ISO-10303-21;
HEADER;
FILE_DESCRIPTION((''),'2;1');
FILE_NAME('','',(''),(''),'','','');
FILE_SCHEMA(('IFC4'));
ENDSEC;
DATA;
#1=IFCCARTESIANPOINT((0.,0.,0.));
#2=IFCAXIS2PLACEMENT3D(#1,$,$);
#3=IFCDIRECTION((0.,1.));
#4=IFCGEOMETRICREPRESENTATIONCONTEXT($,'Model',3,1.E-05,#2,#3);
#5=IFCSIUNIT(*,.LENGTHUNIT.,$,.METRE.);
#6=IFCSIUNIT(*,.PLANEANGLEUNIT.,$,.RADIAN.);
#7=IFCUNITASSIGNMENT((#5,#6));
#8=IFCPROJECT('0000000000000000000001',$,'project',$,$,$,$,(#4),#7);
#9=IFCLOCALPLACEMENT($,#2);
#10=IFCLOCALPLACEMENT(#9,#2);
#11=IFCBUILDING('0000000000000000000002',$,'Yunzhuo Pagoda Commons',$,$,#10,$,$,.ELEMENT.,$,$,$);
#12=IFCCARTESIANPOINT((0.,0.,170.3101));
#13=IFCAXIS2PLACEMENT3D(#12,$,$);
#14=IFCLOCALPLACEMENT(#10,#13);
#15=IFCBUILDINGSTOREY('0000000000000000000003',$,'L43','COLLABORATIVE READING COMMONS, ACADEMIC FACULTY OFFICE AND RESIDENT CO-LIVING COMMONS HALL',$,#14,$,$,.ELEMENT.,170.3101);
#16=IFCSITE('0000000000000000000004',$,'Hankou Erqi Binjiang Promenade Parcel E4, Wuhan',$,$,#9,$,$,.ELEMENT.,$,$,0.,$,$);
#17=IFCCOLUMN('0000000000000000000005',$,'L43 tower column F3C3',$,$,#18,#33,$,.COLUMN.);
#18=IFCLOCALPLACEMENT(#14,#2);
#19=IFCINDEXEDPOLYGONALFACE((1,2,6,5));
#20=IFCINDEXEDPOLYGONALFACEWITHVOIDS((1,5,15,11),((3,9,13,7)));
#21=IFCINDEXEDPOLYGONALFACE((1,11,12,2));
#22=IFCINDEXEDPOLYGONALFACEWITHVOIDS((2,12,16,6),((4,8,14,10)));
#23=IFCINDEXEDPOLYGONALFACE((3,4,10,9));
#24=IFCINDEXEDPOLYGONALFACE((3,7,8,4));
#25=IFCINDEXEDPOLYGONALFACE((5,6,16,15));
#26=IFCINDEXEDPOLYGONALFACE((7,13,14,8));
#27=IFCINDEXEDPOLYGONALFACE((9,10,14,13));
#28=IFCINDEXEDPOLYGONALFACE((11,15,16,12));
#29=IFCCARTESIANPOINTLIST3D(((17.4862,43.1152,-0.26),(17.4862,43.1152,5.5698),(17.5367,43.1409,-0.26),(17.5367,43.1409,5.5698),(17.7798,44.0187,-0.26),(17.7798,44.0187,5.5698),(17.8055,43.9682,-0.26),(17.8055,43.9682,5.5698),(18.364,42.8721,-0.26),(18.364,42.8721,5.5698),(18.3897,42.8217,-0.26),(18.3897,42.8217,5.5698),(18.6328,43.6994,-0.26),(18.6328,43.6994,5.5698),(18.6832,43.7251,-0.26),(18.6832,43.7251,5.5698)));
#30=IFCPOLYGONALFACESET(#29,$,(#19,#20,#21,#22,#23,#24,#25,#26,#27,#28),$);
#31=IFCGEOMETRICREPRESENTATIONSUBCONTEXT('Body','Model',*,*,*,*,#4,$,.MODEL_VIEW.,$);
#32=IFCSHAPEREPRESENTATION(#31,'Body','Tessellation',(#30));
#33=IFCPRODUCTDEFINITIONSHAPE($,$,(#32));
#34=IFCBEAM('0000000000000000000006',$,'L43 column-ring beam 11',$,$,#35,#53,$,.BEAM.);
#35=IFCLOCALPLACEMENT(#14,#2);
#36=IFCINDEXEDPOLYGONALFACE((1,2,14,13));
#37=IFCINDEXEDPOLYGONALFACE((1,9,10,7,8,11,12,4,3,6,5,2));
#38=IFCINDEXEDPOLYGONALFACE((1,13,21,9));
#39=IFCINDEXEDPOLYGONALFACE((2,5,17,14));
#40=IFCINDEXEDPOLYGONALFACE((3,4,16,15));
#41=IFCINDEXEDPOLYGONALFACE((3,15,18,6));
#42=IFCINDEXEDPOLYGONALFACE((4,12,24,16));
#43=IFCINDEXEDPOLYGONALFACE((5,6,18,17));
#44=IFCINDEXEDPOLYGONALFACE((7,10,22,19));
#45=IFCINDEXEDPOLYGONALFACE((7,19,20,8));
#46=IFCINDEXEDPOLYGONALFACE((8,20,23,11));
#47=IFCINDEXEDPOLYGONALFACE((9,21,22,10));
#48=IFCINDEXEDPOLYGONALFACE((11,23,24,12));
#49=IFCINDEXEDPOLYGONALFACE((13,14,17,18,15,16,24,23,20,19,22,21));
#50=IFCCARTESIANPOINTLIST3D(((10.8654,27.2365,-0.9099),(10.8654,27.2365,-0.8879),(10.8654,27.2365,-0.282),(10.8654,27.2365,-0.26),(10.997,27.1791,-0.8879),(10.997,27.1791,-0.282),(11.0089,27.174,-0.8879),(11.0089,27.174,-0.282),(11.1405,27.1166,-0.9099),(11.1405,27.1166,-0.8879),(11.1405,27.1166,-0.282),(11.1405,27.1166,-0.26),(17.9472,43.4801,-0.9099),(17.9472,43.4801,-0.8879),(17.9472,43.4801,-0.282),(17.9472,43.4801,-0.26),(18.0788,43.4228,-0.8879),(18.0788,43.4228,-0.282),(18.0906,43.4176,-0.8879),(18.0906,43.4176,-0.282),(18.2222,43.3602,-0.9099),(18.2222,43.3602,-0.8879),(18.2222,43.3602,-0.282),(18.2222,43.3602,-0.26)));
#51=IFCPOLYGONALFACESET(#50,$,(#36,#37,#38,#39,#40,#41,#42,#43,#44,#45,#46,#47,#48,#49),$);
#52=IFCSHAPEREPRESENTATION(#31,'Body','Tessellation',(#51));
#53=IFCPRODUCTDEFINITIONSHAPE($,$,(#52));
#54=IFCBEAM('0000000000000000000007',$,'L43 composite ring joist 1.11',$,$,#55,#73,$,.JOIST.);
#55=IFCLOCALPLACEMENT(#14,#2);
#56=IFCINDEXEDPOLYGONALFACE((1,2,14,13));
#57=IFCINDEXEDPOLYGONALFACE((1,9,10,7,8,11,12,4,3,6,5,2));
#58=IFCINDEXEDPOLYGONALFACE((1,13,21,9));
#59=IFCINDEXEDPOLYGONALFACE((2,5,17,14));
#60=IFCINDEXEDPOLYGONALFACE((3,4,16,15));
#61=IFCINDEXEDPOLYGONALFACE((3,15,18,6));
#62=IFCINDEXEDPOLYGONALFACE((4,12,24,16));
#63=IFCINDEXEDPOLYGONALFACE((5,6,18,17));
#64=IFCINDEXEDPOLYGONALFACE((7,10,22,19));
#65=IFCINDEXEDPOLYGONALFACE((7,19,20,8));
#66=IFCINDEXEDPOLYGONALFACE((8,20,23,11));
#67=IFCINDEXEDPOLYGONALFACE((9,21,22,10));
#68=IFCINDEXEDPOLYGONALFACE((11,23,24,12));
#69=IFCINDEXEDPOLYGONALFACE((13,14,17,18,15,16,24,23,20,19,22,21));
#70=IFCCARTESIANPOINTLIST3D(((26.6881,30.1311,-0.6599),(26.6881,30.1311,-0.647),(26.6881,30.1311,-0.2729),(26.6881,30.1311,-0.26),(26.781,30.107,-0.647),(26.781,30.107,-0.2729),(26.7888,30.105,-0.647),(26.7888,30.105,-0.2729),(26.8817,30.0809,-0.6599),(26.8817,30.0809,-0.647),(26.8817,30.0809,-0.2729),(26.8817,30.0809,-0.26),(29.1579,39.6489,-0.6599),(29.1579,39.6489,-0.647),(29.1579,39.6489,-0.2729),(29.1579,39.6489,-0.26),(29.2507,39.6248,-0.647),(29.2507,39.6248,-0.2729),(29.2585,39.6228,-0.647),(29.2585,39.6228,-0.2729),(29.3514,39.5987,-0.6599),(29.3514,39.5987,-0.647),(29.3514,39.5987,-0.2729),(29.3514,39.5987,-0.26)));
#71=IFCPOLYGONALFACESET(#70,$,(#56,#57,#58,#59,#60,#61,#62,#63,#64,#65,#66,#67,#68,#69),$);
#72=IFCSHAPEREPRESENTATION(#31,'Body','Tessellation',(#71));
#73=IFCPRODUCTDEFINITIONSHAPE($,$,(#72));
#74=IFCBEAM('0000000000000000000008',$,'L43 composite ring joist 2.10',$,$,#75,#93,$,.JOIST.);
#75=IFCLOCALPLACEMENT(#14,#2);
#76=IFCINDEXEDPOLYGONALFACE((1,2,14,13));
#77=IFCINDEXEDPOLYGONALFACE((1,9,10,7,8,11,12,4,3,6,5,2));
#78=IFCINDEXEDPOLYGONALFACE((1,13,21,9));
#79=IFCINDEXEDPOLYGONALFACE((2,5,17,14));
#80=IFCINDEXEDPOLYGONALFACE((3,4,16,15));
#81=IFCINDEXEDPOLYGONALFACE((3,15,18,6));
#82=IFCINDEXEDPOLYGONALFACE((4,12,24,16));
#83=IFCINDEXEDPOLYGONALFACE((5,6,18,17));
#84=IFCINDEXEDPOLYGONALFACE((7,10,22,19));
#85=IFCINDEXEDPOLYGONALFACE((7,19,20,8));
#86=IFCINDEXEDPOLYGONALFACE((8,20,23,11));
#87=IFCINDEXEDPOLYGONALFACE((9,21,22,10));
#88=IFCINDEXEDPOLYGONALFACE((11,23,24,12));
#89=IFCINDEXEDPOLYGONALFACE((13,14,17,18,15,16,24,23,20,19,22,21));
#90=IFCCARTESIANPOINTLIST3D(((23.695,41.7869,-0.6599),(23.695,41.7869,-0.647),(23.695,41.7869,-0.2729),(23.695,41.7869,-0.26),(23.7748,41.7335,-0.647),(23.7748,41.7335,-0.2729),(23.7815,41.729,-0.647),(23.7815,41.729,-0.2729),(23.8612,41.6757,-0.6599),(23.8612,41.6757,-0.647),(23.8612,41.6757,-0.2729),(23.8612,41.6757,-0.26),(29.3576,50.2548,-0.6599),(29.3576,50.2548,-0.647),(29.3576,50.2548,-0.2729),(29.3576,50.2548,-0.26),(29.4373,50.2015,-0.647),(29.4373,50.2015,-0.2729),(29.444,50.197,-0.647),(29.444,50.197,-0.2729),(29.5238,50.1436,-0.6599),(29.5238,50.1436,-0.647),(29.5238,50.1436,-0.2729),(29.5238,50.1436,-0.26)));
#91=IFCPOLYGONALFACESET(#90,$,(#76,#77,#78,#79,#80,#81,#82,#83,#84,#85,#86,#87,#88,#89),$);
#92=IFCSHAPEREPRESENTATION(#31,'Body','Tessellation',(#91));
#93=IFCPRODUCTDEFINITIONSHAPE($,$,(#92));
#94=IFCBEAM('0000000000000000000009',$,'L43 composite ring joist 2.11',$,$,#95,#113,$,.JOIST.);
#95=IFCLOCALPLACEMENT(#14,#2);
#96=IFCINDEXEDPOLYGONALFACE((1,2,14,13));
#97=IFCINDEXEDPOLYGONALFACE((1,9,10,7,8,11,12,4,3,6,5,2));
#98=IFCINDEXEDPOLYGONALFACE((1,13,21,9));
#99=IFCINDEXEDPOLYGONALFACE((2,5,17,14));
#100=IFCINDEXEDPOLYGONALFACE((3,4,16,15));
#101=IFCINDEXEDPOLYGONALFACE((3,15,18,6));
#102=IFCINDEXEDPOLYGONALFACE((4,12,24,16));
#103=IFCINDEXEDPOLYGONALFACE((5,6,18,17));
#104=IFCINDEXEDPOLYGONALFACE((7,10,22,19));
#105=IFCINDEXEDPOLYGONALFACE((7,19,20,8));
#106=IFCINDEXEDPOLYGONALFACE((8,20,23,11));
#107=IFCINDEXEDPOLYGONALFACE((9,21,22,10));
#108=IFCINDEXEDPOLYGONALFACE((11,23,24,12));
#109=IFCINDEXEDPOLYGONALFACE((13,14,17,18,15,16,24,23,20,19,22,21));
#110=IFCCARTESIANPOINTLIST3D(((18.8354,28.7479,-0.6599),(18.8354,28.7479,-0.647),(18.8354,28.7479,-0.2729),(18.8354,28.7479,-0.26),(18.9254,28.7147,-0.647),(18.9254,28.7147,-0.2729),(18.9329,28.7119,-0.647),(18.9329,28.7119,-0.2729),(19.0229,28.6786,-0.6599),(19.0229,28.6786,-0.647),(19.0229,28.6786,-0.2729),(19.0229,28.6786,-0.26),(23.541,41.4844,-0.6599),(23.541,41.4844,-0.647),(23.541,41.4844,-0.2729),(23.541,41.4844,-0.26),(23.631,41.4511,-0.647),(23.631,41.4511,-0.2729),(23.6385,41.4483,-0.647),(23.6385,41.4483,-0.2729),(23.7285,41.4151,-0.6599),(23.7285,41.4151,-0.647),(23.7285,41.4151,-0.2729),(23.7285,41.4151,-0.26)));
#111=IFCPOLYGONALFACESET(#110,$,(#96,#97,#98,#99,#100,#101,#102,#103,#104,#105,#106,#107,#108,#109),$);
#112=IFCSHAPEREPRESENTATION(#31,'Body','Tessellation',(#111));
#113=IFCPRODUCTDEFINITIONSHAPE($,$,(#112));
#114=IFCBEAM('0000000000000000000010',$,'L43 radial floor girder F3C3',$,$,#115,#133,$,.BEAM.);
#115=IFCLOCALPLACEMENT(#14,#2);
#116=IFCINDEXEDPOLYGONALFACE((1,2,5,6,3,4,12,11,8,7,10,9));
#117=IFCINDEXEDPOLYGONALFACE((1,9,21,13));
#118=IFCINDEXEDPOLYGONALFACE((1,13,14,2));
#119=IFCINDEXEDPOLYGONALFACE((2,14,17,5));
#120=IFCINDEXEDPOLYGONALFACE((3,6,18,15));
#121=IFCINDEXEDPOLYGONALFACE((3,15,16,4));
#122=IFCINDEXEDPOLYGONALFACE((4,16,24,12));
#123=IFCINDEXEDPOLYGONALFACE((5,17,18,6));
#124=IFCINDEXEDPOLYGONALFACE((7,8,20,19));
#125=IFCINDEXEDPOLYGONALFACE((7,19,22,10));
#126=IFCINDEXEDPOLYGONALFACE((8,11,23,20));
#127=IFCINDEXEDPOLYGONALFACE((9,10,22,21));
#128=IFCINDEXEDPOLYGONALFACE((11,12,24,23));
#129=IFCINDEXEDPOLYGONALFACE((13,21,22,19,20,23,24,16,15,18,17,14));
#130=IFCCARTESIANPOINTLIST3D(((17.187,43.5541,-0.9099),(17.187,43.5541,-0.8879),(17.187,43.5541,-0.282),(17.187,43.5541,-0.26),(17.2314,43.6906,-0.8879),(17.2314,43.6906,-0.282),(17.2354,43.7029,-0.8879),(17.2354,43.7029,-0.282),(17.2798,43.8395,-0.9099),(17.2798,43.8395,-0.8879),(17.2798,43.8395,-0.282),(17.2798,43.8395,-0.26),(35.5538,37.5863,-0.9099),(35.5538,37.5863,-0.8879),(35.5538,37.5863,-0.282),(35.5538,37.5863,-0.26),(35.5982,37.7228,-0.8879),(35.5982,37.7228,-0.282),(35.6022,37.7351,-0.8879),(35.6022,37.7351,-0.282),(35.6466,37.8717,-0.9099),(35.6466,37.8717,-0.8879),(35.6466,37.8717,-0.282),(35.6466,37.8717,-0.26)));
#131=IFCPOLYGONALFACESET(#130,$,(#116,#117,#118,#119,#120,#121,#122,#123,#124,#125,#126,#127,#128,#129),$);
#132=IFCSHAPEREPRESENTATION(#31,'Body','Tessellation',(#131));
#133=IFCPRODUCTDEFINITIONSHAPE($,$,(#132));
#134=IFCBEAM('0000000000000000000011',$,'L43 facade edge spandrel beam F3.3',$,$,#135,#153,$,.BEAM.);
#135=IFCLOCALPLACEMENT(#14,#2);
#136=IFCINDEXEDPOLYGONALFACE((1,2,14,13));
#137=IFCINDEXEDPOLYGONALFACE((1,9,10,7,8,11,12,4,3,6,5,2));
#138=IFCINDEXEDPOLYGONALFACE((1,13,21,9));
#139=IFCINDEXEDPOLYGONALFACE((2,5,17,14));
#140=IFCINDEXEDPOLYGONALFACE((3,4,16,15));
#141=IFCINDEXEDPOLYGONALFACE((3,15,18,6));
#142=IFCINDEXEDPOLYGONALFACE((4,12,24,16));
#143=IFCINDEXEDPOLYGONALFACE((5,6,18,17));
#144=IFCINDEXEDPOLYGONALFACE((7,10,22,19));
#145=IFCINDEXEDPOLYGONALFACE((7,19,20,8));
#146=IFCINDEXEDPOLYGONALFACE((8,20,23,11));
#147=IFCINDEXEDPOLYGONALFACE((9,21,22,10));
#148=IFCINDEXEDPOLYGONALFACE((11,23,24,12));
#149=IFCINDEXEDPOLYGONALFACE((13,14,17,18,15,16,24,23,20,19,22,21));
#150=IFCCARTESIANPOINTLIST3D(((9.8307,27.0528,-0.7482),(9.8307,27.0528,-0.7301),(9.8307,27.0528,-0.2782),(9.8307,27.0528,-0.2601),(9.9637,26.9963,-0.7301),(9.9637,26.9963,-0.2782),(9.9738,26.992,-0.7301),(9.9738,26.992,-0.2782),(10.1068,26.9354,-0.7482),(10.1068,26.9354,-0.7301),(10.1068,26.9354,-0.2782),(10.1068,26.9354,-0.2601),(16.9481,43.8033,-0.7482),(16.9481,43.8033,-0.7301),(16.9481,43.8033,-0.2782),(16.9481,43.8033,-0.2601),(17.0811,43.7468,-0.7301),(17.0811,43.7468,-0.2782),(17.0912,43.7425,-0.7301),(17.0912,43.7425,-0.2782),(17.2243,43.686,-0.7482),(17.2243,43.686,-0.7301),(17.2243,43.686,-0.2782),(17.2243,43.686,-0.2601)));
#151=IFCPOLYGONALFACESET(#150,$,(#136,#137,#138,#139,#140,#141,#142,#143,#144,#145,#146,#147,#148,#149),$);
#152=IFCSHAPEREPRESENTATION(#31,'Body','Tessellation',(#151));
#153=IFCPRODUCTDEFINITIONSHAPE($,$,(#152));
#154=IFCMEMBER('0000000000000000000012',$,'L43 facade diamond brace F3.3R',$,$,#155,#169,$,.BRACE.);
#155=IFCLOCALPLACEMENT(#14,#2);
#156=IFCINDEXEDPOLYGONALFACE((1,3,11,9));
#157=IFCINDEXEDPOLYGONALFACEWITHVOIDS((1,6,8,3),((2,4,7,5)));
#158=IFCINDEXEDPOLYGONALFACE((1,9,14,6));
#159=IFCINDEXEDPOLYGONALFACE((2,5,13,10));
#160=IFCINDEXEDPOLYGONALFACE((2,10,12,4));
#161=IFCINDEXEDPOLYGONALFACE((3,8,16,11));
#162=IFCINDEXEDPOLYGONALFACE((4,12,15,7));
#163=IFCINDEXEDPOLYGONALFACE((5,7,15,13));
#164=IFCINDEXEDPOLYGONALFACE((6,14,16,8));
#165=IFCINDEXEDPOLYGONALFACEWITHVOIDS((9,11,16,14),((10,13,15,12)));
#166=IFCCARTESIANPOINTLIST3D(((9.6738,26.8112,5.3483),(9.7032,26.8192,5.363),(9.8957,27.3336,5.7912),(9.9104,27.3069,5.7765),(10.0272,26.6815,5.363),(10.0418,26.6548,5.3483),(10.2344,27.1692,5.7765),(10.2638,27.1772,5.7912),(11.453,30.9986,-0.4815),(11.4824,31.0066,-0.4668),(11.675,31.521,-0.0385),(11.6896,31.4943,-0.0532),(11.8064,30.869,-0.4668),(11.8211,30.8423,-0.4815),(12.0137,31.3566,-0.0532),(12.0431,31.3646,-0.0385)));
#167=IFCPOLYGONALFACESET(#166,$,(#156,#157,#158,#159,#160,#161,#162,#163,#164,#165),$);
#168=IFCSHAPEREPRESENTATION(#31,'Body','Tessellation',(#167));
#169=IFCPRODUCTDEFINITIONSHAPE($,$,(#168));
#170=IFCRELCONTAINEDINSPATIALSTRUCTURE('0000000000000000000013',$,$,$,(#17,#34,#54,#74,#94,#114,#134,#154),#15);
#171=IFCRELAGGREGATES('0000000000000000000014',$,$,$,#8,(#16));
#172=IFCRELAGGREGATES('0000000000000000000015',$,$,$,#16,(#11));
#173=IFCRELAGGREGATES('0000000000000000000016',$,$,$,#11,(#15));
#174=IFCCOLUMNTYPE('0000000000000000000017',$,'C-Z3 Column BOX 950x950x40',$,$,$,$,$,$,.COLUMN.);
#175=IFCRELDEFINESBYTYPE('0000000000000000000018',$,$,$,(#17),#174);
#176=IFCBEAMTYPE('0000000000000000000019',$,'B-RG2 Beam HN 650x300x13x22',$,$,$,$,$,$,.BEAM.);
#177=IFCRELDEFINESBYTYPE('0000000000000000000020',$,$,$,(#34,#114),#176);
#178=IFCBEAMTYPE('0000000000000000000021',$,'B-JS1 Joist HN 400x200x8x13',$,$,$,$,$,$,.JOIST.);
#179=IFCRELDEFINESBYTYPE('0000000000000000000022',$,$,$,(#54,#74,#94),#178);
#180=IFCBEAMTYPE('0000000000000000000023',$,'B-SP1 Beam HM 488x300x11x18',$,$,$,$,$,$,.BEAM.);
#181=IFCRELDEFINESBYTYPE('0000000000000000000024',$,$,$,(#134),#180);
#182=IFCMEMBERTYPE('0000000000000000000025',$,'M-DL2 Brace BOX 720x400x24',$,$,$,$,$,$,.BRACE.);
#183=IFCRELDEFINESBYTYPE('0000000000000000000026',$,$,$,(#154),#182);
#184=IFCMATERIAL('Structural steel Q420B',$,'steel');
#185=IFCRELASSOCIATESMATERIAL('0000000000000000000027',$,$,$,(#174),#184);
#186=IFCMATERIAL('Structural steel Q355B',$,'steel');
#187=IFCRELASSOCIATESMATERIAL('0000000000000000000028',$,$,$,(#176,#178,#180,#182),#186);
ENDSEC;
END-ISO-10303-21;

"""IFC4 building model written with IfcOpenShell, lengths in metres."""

from ifc_helpers import new_model, si_unit, direction, frame, origin, origin_2d, place, context, subcontext, project, spatial, hollow_rectangle, i_section, extrude, source, transform, mapped, material, material_profile, profile_set, type_object, element, save


model = new_model("IFC4")

# Units and contexts
model_context = context("Model", 3, precision=1e-05, world=origin(), true_north=direction((0.0, 1.0)))
body_context = subcontext(model_context, "Body", "Model", "MODEL_VIEW")
ifc_project = project(units=[si_unit("LENGTHUNIT", "METRE"), si_unit("PLANEANGLEUNIT", "RADIAN")], contexts=[model_context])

# Site, building, storey
site_placement = place(None, origin())
site = spatial("IfcSite", under=ifc_project, at=site_placement, Name="Hankou Erqi Binjiang Promenade Parcel E4, Wuhan", CompositionType="ELEMENT", RefElevation=0.0)
building_placement = place(site_placement, origin())
building = spatial("IfcBuilding", under=site, at=building_placement, Name="Yunzhuo Pagoda Commons", CompositionType="ELEMENT")
storey_placement = place(building_placement, frame((0.0, 0.0, 170.3101)))
storey = spatial("IfcBuildingStorey", under=building, at=storey_placement, Name="L43", Description="COLLABORATIVE READING COMMONS, ACADEMIC FACULTY OFFICE AND RESIDENT CO-LIVING COMMONS HALL", CompositionType="ELEMENT", Elevation=170.3101)

# Column
ifc_material_1 = material(Name="Structural steel Q420B", Category="steel")
ifc_material_profile_1 = material_profile(ifc_material_1, hollow_rectangle(XDim=0.95, YDim=0.95, WallThickness=0.04, at=origin_2d()), Name="Structural steel Q420B")
ifc_profile_set_1 = profile_set([ifc_material_profile_1], Name="Structural steel Q420B")
column_type = type_object("IfcColumnType", Name="C-Z3 Column BOX 950x950x40", PredefinedType="COLUMN", material=ifc_profile_set_1)
shared_shape_1 = source(origin(), body_context, "Body", "SweptSolid", [
    extrude(hollow_rectangle(XDim=0.95, YDim=0.95, WallThickness=0.04, at=origin_2d()), origin(), (0.0, 0.0, 1.0), 5.8298),
])
column_placement = place(storey_placement, frame((18.0847, 43.4202, -0.26), z_axis=(0.0, 0.0, 1.0), x_axis=(-0.309017, -0.951057, 0.0)))
element("IfcColumn", 1, at=column_placement, inside=storey, type_object=column_type, Name="L43 tower column F3C3", PredefinedType="COLUMN", context=body_context, shape_type="MappedRepresentation", body=[
    mapped(shared_shape_1, transform((0.0, 0.0, 0.0), scale=1.0)),
])

# Beams
ifc_material_2 = material(Name="Structural steel Q355B", Category="steel")
ifc_material_profile_2 = material_profile(ifc_material_2, i_section(OverallWidth=0.3, OverallDepth=0.6499, WebThickness=0.0129, FlangeThickness=0.022, at=origin_2d()), Name="Structural steel Q355B")
ifc_profile_set_2 = profile_set([ifc_material_profile_2], Name="Structural steel Q355B")
beam_type_1 = type_object("IfcBeamType", Name="B-RG2 Beam HN 650x300x13x22", PredefinedType="BEAM", material=ifc_profile_set_2)
shared_shape_2 = source(origin(), body_context, "Body", "SweptSolid", [
    extrude(i_section(OverallWidth=0.3, OverallDepth=0.6499, WebThickness=0.0129, FlangeThickness=0.022, at=origin_2d()), origin(), (0.0, 0.0, 1.0), 17.7202),
])
beam_1_placement = place(storey_placement, frame((18.0847, 43.4202, -0.585), z_axis=(-0.399643, -0.916671, 0.0), x_axis=(0.916671, -0.399643, 0.0)))
element("IfcBeam", 2, at=beam_1_placement, inside=storey, type_object=beam_type_1, Name="L43 column-ring beam 11", PredefinedType="BEAM", context=body_context, shape_type="MappedRepresentation", body=[
    mapped(shared_shape_2, transform((0.0, 0.0, 0.0), scale=1.0)),
])
ifc_material_profile_3 = material_profile(ifc_material_2, i_section(OverallWidth=0.2, OverallDepth=0.3999, WebThickness=0.0081, FlangeThickness=0.0129, at=origin_2d()), Name="Structural steel Q355B")
ifc_profile_set_3 = profile_set([ifc_material_profile_3], Name="Structural steel Q355B")
beam_type_2 = type_object("IfcBeamType", Name="B-JS1 Joist HN 400x200x8x13", PredefinedType="JOIST", material=ifc_profile_set_3)
shared_shape_3 = source(origin(), body_context, "Body", "SweptSolid", [
    extrude(i_section(OverallWidth=0.2, OverallDepth=0.3999, WebThickness=0.0081, FlangeThickness=0.0129, at=origin_2d()), origin(), (0.0, 0.0, 1.0), 9.833),
])
beam_2_placement = place(storey_placement, frame((29.2546, 39.6238, -0.46), z_axis=(-0.251166, -0.967944, 0.0), x_axis=(0.967944, -0.251166, 0.0)))
element("IfcBeam", 3, at=beam_2_placement, inside=storey, type_object=beam_type_2, Name="L43 composite ring joist 1.11", PredefinedType="JOIST", context=body_context, shape_type="MappedRepresentation", body=[
    mapped(shared_shape_3, transform((0.0, 0.0, 0.0), scale=1.0)),
])
shared_shape_4 = source(origin(), body_context, "Body", "SweptSolid", [
    extrude(i_section(OverallWidth=0.2, OverallDepth=0.3999, WebThickness=0.0081, FlangeThickness=0.0129, at=origin_2d()), origin(), (0.0, 0.0, 1.0), 10.1868),
])
beam_3_placement = place(storey_placement, frame((29.4407, 50.1992, -0.46), z_axis=(-0.555872, -0.831268, 0.0), x_axis=(0.831268, -0.555872, 0.0)))
element("IfcBeam", 4, at=beam_3_placement, inside=storey, type_object=beam_type_2, Name="L43 composite ring joist 2.10", PredefinedType="JOIST", context=body_context, shape_type="MappedRepresentation", body=[
    mapped(shared_shape_4, transform((0.0, 0.0, 0.0), scale=1.0)),
])
shared_shape_5 = source(origin(), body_context, "Body", "SweptSolid", [
    extrude(i_section(OverallWidth=0.2, OverallDepth=0.3999, WebThickness=0.0081, FlangeThickness=0.0129, at=origin_2d()), origin(), (0.0, 0.0, 1.0), 13.5779),
])
beam_4_placement = place(storey_placement, frame((23.6348, 41.4497, -0.46), z_axis=(-0.346563, -0.938027, 0.0), x_axis=(0.938027, -0.346563, 0.0)))
element("IfcBeam", 5, at=beam_4_placement, inside=storey, type_object=beam_type_2, Name="L43 composite ring joist 2.11", PredefinedType="JOIST", context=body_context, shape_type="MappedRepresentation", body=[
    mapped(shared_shape_5, transform((0.0, 0.0, 0.0), scale=1.0)),
])
shared_shape_6 = source(origin(), body_context, "Body", "SweptSolid", [
    extrude(i_section(OverallWidth=0.3, OverallDepth=0.6499, WebThickness=0.0129, FlangeThickness=0.022, at=origin_2d()), origin(), (0.0, 0.0, 1.0), 19.312),
])
beam_5_placement = place(storey_placement, frame((17.2334, 43.6968, -0.585), z_axis=(0.951055, -0.30902, 0.0), x_axis=(0.30902, 0.951055, 0.0)))
element("IfcBeam", 6, at=beam_5_placement, inside=storey, type_object=beam_type_1, Name="L43 radial floor girder F3C3", PredefinedType="BEAM", context=body_context, shape_type="MappedRepresentation", body=[
    mapped(shared_shape_6, transform((0.0, 0.0, 0.0), scale=1.0)),
])
ifc_material_profile_4 = material_profile(ifc_material_2, i_section(OverallWidth=0.3, OverallDepth=0.488, WebThickness=0.011, FlangeThickness=0.0181, at=origin_2d()), Name="Structural steel Q355B")
ifc_profile_set_4 = profile_set([ifc_material_profile_4], Name="Structural steel Q355B")
beam_type_3 = type_object("IfcBeamType", Name="B-SP1 Beam HM 488x300x11x18", PredefinedType="BEAM", material=ifc_profile_set_4)
shared_shape_7 = source(origin(), body_context, "Body", "SweptSolid", [
    extrude(i_section(OverallWidth=0.3, OverallDepth=0.488, WebThickness=0.011, FlangeThickness=0.0181, at=origin_2d()), origin(), (0.0, 0.0, 1.0), 18.2),
])
beam_6_placement = place(storey_placement, frame((17.0862, 43.7446, -0.5042), z_axis=(-0.39107, -0.920361, 0.0), x_axis=(0.920361, -0.39107, 0.0)))
element("IfcBeam", 7, at=beam_6_placement, inside=storey, type_object=beam_type_3, Name="L43 facade edge spandrel beam F3.3", PredefinedType="BEAM", context=body_context, shape_type="MappedRepresentation", body=[
    mapped(shared_shape_7, transform((0.0, 0.0, 0.0), scale=1.0)),
])

# Member
ifc_material_profile_5 = material_profile(ifc_material_2, hollow_rectangle(XDim=0.3999, YDim=0.72, WallThickness=0.0239, at=origin_2d()), Name="Structural steel Q355B")
ifc_profile_set_5 = profile_set([ifc_material_profile_5], Name="Structural steel Q355B")
member_type_1 = type_object("IfcMemberType", Name="M-DL2 Brace BOX 720x400x24", PredefinedType="BRACE", material=ifc_profile_set_5)
shared_shape_8 = source(origin(), body_context, "Body", "SweptSolid", [
    extrude(hollow_rectangle(XDim=0.3999, YDim=0.72, WallThickness=0.0239, at=origin_2d()), origin(), (0.0, 0.0, 1.0), 7.395),
])
member_1_placement = place(storey_placement, frame((11.748, 31.1816, -0.26), z_axis=(-0.240604, -0.566251, 0.788334), x_axis=(0.920362, -0.391068, 0.0)))
element("IfcMember", 8, at=member_1_placement, inside=storey, type_object=member_type_1, Name="L43 facade diamond brace F3.3R", PredefinedType="BRACE", context=body_context, shape_type="MappedRepresentation", body=[
    mapped(shared_shape_8, transform((0.0, 0.0, 0.0), scale=1.0)),
])

save(model, "model.ifc")
